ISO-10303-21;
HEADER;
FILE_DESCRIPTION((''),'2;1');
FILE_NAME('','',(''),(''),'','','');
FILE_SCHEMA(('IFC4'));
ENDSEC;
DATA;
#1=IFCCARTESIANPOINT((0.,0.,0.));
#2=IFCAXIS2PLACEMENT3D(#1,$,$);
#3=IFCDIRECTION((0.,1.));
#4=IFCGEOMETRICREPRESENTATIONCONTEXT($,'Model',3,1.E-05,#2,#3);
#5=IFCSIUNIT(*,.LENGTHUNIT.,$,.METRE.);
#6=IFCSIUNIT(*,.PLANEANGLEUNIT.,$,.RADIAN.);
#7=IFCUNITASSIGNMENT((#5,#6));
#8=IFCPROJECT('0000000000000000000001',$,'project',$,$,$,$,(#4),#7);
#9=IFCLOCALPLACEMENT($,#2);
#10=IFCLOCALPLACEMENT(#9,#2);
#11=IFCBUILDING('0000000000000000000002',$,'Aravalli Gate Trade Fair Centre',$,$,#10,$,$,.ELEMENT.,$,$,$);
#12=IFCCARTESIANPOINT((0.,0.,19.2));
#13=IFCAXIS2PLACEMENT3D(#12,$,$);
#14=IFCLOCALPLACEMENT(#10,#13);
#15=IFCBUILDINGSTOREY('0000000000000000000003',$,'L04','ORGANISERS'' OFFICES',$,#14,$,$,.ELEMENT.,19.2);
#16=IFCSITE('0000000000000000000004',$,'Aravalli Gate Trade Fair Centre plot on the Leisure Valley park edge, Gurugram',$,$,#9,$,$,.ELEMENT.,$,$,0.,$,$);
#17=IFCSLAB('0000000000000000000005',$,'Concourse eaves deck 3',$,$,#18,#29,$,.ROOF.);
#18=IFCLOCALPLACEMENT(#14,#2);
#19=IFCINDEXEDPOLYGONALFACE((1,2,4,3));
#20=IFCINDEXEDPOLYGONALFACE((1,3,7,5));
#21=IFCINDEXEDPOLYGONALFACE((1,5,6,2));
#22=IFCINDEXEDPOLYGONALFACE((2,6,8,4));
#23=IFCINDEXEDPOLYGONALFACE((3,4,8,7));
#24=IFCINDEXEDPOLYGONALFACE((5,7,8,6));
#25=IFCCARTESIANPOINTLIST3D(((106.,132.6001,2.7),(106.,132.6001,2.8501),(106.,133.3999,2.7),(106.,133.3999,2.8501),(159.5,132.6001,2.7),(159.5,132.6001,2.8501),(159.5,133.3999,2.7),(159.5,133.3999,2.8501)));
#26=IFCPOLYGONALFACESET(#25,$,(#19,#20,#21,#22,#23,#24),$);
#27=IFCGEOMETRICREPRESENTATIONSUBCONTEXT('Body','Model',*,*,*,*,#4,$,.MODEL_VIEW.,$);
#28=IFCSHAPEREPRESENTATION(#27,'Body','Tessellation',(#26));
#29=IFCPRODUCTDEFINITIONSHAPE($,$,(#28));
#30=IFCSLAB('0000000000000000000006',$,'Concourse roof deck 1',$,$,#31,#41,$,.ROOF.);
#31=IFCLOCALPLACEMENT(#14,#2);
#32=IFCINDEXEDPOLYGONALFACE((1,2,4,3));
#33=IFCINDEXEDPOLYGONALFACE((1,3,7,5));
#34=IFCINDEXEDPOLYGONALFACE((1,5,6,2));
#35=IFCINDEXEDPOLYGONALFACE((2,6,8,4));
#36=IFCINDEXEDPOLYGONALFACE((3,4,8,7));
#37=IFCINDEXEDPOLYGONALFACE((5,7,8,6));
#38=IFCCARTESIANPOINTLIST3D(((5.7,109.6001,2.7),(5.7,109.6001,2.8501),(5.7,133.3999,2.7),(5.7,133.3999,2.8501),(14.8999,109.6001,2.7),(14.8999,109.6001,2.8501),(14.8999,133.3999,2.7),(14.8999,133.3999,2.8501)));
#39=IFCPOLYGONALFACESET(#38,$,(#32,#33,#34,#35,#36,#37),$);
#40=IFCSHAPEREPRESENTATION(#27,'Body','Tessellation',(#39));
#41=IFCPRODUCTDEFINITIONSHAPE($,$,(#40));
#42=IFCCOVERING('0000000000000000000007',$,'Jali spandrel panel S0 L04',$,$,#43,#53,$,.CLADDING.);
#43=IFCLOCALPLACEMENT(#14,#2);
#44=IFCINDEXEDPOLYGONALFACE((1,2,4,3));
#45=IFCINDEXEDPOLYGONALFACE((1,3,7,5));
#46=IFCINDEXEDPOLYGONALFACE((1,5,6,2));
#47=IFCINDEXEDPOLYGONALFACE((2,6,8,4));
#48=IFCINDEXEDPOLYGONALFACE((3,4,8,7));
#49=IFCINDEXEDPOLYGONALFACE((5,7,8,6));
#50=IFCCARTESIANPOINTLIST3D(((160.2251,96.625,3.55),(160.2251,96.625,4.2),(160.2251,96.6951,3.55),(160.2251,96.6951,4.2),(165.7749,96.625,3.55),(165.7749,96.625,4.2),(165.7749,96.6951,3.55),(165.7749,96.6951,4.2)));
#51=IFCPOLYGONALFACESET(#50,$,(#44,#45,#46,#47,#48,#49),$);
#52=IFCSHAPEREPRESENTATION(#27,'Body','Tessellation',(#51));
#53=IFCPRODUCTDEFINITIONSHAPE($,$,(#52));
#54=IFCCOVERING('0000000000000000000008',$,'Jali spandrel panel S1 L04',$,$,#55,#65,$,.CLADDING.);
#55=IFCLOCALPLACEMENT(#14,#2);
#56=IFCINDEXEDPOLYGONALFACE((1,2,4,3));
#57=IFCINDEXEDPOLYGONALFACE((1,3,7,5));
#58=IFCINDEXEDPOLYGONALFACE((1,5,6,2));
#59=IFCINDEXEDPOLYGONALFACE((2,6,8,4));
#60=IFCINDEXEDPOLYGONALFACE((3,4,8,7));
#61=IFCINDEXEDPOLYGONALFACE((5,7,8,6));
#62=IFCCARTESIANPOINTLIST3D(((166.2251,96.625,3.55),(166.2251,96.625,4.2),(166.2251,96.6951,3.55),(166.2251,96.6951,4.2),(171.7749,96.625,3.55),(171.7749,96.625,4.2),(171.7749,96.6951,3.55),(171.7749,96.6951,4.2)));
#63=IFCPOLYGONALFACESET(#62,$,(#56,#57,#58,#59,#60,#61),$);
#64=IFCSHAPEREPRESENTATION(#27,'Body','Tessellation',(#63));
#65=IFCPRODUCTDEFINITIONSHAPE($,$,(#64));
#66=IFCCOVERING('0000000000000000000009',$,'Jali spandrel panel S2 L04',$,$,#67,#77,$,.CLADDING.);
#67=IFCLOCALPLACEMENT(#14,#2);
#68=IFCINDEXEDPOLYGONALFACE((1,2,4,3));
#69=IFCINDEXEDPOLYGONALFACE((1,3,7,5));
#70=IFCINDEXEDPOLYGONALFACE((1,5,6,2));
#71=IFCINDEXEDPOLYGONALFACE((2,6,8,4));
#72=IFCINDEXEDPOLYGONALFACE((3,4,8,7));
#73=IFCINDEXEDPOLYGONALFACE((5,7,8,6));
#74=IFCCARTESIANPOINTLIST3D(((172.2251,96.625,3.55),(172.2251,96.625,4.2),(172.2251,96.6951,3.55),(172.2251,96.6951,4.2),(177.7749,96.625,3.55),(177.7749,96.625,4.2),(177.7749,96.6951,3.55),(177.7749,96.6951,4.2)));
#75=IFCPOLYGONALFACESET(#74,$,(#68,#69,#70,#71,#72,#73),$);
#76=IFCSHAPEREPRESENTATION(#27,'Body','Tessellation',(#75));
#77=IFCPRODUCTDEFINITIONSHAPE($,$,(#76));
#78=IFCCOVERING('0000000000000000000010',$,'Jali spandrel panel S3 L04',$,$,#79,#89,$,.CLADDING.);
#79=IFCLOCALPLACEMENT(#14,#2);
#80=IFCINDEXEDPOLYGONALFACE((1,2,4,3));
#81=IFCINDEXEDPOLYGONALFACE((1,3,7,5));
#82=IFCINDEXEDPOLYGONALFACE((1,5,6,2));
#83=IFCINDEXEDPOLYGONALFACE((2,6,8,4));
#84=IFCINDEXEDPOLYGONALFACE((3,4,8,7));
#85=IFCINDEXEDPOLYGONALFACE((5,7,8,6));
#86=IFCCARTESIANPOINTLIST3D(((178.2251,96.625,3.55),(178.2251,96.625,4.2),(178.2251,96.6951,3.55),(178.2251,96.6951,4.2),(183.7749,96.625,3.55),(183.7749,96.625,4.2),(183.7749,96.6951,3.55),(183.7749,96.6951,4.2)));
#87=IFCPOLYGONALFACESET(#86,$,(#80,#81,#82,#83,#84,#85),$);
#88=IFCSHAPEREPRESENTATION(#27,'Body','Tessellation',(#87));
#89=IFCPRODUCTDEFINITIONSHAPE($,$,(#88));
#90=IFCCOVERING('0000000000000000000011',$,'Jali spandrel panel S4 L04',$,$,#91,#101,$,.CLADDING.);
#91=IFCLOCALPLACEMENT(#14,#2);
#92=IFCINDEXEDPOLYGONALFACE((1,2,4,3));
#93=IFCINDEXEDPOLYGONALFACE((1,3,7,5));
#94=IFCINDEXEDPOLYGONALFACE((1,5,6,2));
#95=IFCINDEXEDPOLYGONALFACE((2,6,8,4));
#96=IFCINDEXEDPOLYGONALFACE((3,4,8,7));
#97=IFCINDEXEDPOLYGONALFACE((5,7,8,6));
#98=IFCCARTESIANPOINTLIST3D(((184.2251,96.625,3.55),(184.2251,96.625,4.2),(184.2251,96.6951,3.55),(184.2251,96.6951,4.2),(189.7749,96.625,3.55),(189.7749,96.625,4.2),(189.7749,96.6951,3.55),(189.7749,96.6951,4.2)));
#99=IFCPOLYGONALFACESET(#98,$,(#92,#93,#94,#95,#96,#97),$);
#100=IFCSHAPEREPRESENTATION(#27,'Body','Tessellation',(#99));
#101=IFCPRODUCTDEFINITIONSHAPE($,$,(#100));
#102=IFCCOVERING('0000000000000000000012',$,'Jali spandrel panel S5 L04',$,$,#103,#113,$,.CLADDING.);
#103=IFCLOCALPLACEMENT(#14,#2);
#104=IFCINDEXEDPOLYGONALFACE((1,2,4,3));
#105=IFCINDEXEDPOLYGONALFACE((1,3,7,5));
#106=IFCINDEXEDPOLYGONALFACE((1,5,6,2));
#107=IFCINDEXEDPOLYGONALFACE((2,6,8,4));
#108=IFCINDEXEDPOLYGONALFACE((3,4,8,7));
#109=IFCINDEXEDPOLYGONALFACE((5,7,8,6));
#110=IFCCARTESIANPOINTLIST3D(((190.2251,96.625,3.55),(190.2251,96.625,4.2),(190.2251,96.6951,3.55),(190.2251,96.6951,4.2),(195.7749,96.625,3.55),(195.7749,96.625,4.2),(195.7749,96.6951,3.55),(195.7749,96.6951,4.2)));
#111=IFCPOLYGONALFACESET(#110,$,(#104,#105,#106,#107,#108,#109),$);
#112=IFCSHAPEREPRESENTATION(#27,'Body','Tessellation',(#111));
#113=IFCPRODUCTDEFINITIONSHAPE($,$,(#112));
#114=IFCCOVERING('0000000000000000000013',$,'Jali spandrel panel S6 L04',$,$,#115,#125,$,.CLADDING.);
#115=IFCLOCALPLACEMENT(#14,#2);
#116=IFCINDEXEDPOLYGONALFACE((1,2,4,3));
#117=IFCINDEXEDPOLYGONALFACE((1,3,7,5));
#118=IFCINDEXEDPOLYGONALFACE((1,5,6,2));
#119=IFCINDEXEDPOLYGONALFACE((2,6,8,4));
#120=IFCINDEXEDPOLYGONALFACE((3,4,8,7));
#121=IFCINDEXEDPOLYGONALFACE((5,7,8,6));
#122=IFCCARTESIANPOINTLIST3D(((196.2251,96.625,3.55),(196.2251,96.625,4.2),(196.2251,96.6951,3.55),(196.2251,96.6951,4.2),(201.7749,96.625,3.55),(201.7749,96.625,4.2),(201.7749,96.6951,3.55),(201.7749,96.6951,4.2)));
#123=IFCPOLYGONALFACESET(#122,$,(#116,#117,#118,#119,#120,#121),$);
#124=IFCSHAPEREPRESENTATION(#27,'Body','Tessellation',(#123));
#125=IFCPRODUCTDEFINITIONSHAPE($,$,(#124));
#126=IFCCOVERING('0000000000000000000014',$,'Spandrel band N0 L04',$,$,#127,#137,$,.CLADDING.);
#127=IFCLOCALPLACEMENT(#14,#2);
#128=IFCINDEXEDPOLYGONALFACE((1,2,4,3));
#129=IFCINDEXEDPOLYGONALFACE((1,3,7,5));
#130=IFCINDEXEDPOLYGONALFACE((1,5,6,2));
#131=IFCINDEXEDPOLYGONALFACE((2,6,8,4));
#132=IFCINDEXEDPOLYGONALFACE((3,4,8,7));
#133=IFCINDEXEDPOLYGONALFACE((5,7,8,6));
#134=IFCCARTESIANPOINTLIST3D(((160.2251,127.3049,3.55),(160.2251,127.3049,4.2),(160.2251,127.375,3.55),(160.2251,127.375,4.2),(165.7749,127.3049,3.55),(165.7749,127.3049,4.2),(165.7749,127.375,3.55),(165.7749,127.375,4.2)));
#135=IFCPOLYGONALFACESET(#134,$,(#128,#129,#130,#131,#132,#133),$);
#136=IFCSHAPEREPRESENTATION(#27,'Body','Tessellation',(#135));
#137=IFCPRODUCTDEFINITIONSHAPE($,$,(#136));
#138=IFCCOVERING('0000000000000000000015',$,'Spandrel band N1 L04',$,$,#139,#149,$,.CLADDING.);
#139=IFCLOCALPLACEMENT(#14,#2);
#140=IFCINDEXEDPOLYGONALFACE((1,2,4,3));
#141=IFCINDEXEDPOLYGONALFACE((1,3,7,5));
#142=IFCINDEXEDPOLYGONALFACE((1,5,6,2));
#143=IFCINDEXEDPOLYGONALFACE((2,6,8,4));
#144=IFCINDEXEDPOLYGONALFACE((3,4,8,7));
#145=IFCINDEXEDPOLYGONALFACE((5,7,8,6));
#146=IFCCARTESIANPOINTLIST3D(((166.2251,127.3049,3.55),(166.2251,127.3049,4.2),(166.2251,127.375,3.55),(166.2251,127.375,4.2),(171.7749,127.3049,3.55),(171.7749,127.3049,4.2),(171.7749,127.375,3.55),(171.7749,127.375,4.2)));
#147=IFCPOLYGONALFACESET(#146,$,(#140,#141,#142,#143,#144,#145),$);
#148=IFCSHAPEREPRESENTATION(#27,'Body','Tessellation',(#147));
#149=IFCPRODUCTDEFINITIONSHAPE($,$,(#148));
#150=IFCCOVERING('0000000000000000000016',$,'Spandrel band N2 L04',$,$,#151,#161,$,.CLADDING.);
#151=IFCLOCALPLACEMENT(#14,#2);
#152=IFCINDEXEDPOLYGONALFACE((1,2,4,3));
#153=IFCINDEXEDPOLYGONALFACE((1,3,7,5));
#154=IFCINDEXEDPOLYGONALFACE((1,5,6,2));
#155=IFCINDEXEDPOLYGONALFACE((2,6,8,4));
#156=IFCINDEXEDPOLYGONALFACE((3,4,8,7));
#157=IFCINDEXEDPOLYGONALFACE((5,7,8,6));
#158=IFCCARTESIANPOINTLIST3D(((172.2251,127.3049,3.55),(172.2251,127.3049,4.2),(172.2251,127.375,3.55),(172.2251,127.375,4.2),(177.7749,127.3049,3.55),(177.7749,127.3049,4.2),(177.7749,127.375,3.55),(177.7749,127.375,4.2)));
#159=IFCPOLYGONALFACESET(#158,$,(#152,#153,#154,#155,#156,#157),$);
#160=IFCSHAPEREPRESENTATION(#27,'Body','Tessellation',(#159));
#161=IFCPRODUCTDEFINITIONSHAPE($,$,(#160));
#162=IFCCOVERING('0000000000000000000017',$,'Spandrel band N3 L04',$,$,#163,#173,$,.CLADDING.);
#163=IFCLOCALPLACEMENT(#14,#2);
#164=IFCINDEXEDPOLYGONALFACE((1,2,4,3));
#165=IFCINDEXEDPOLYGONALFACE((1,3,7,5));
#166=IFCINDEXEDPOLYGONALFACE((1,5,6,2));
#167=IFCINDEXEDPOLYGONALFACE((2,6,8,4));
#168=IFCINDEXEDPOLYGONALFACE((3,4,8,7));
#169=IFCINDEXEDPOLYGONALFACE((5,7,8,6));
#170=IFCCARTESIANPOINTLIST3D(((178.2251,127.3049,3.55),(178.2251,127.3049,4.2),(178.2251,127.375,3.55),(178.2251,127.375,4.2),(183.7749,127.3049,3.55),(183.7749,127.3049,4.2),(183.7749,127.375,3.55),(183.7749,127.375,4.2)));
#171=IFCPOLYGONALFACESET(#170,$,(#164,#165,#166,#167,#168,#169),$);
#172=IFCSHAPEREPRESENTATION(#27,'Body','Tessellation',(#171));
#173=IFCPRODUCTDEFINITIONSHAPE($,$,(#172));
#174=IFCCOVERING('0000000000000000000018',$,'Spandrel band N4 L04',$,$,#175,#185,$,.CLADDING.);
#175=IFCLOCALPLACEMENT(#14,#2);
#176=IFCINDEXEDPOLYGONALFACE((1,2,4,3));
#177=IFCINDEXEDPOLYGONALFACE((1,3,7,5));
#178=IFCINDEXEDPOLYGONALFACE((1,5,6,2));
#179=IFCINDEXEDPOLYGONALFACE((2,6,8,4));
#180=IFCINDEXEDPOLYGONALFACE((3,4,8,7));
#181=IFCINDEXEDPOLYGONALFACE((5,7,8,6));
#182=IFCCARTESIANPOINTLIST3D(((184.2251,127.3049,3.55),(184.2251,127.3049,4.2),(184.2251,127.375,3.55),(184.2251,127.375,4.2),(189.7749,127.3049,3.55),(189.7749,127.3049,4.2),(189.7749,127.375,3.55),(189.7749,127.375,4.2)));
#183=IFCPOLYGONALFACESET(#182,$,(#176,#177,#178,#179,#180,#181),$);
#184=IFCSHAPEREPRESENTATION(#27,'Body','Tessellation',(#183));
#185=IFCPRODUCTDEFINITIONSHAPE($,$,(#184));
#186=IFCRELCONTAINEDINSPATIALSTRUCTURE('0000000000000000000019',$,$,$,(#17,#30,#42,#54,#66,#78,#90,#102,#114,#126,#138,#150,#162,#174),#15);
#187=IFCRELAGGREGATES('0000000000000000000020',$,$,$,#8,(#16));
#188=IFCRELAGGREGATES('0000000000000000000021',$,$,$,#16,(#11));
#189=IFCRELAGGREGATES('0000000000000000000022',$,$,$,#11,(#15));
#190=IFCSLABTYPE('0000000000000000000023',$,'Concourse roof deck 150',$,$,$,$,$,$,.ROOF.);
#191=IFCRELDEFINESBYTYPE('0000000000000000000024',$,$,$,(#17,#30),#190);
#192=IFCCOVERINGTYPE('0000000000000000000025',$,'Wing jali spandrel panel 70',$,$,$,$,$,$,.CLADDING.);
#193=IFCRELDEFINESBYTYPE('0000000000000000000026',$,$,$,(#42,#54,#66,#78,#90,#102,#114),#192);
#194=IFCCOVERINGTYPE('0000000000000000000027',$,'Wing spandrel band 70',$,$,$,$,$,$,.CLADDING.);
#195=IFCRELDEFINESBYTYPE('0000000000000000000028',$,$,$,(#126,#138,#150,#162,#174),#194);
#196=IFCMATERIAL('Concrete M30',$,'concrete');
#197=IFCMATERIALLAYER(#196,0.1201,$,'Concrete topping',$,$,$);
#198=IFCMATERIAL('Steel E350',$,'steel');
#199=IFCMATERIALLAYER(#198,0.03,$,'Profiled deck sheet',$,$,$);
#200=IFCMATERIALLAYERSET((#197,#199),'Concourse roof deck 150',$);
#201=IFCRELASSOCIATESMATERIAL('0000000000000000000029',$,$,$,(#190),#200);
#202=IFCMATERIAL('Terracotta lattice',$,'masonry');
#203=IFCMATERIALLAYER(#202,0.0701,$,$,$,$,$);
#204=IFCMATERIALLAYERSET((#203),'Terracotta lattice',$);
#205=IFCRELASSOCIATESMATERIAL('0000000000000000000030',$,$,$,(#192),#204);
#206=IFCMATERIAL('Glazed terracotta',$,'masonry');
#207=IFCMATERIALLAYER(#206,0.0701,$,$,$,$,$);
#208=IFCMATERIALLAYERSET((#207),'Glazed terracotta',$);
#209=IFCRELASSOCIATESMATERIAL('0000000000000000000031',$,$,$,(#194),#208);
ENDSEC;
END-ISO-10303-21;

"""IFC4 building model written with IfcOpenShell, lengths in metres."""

from ifc_helpers import new_model, si_unit, direction, frame, origin, place, context, subcontext, project, spatial, polyline, outline, extrude, material, layer, layer_set, type_object, element, save


model = new_model("IFC4")

# Units and contexts
model_context = context("Model", 3, precision=1e-05, world=origin(), true_north=direction((0.0, 1.0)))
body_context = subcontext(model_context, "Body", "Model", "MODEL_VIEW")
ifc_project = project(units=[si_unit("LENGTHUNIT", "METRE"), si_unit("PLANEANGLEUNIT", "RADIAN")], contexts=[model_context])

# Site, building, storey
site_placement = place(None, origin())
site = spatial("IfcSite", under=ifc_project, at=site_placement, Name="Aravalli Gate Trade Fair Centre plot on the Leisure Valley park edge, Gurugram", CompositionType="ELEMENT", RefElevation=0.0)
building_placement = place(site_placement, origin())
building = spatial("IfcBuilding", under=site, at=building_placement, Name="Aravalli Gate Trade Fair Centre", CompositionType="ELEMENT")
storey_placement = place(building_placement, frame((0.0, 0.0, 19.2)))
storey = spatial("IfcBuildingStorey", under=building, at=storey_placement, Name="L04", Description="ORGANISERS' OFFICES", CompositionType="ELEMENT", Elevation=19.2)

# Slabs
ifc_material_1 = material(Name="Concrete M30", Category="concrete")
ifc_layer_1 = layer(ifc_material_1, 0.1201, Name="Concrete topping")
ifc_material_2 = material(Name="Steel E350", Category="steel")
ifc_layer_2 = layer(ifc_material_2, 0.03, Name="Profiled deck sheet")
ifc_layer_set_1 = layer_set([ifc_layer_1, ifc_layer_2], Name="Concourse roof deck 150")
slab_type = type_object("IfcSlabType", Name="Concourse roof deck 150", PredefinedType="ROOF", material=ifc_layer_set_1)
slab_1_placement = place(storey_placement, frame((0.0, 0.0, 2.7)))
element("IfcSlab", 1, at=slab_1_placement, inside=storey, type_object=slab_type, Name="Concourse eaves deck 3", PredefinedType="ROOF", context=body_context, shape_type="SweptSolid", body=[
    extrude(outline(polyline([(159.5, 133.3999), (106.0, 133.3999), (106.0, 132.6001), (159.5, 132.6001), (159.5, 133.3999)])), origin(), (0.0, 0.0, 1.0), 0.1501),
])
slab_2_placement = place(storey_placement, frame((0.0, 0.0, 2.7)))
element("IfcSlab", 2, at=slab_2_placement, inside=storey, type_object=slab_type, Name="Concourse roof deck 1", PredefinedType="ROOF", context=body_context, shape_type="SweptSolid", body=[
    extrude(outline(polyline([(5.7, 109.6001), (14.8999, 109.6001), (14.8999, 133.3999), (5.7, 133.3999), (5.7, 109.6001)])), origin(), (0.0, 0.0, 1.0), 0.1501),
])

# Coverings
ifc_material_3 = material(Name="Terracotta lattice", Category="masonry")
ifc_layer_3 = layer(ifc_material_3, 0.0701)
ifc_layer_set_2 = layer_set([ifc_layer_3], Name="Terracotta lattice")
covering_type_1 = type_object("IfcCoveringType", Name="Wing jali spandrel panel 70", PredefinedType="CLADDING", material=ifc_layer_set_2)
covering_1_placement = place(storey_placement, frame((0.0, 0.0, 3.55)))
element("IfcCovering", 3, at=covering_1_placement, inside=storey, type_object=covering_type_1, Name="Jali spandrel panel S0 L04", PredefinedType="CLADDING", context=body_context, shape_type="SweptSolid", body=[
    extrude(outline(polyline([(160.2251, 96.625), (165.7749, 96.625), (165.7749, 96.6951), (160.2251, 96.6951), (160.2251, 96.625)])), origin(), (0.0, 0.0, 1.0), 0.6499),
])
covering_2_placement = place(storey_placement, frame((0.0, 0.0, 3.55)))
element("IfcCovering", 4, at=covering_2_placement, inside=storey, type_object=covering_type_1, Name="Jali spandrel panel S1 L04", PredefinedType="CLADDING", context=body_context, shape_type="SweptSolid", body=[
    extrude(outline(polyline([(166.2251, 96.625), (171.7749, 96.625), (171.7749, 96.6951), (166.2251, 96.6951), (166.2251, 96.625)])), origin(), (0.0, 0.0, 1.0), 0.6499),
])
covering_3_placement = place(storey_placement, frame((0.0, 0.0, 3.55)))
element("IfcCovering", 5, at=covering_3_placement, inside=storey, type_object=covering_type_1, Name="Jali spandrel panel S2 L04", PredefinedType="CLADDING", context=body_context, shape_type="SweptSolid", body=[
    extrude(outline(polyline([(172.2251, 96.625), (177.7749, 96.625), (177.7749, 96.6951), (172.2251, 96.6951), (172.2251, 96.625)])), origin(), (0.0, 0.0, 1.0), 0.6499),
])
covering_4_placement = place(storey_placement, frame((0.0, 0.0, 3.55)))
element("IfcCovering", 6, at=covering_4_placement, inside=storey, type_object=covering_type_1, Name="Jali spandrel panel S3 L04", PredefinedType="CLADDING", context=body_context, shape_type="SweptSolid", body=[
    extrude(outline(polyline([(178.2251, 96.625), (183.7749, 96.625), (183.7749, 96.6951), (178.2251, 96.6951), (178.2251, 96.625)])), origin(), (0.0, 0.0, 1.0), 0.6499),
])
covering_5_placement = place(storey_placement, frame((0.0, 0.0, 3.55)))
element("IfcCovering", 7, at=covering_5_placement, inside=storey, type_object=covering_type_1, Name="Jali spandrel panel S4 L04", PredefinedType="CLADDING", context=body_context, shape_type="SweptSolid", body=[
    extrude(outline(polyline([(184.2251, 96.625), (189.7749, 96.625), (189.7749, 96.6951), (184.2251, 96.6951), (184.2251, 96.625)])), origin(), (0.0, 0.0, 1.0), 0.6499),
])
covering_6_placement = place(storey_placement, frame((0.0, 0.0, 3.55)))
element("IfcCovering", 8, at=covering_6_placement, inside=storey, type_object=covering_type_1, Name="Jali spandrel panel S5 L04", PredefinedType="CLADDING", context=body_context, shape_type="SweptSolid", body=[
    extrude(outline(polyline([(190.2251, 96.625), (195.7749, 96.625), (195.7749, 96.6951), (190.2251, 96.6951), (190.2251, 96.625)])), origin(), (0.0, 0.0, 1.0), 0.6499),
])
covering_7_placement = place(storey_placement, frame((0.0, 0.0, 3.55)))
element("IfcCovering", 9, at=covering_7_placement, inside=storey, type_object=covering_type_1, Name="Jali spandrel panel S6 L04", PredefinedType="CLADDING", context=body_context, shape_type="SweptSolid", body=[
    extrude(outline(polyline([(196.2251, 96.625), (201.7749, 96.625), (201.7749, 96.6951), (196.2251, 96.6951), (196.2251, 96.625)])), origin(), (0.0, 0.0, 1.0), 0.6499),
])
ifc_material_4 = material(Name="Glazed terracotta", Category="masonry")
ifc_layer_4 = layer(ifc_material_4, 0.0701)
ifc_layer_set_3 = layer_set([ifc_layer_4], Name="Glazed terracotta")
covering_type_2 = type_object("IfcCoveringType", Name="Wing spandrel band 70", PredefinedType="CLADDING", material=ifc_layer_set_3)
covering_8_placement = place(storey_placement, frame((0.0, 0.0, 3.55)))
element("IfcCovering", 10, at=covering_8_placement, inside=storey, type_object=covering_type_2, Name="Spandrel band N0 L04", PredefinedType="CLADDING", context=body_context, shape_type="SweptSolid", body=[
    extrude(outline(polyline([(160.2251, 127.3049), (165.7749, 127.3049), (165.7749, 127.375), (160.2251, 127.375), (160.2251, 127.3049)])), origin(), (0.0, 0.0, 1.0), 0.6499),
])
covering_9_placement = place(storey_placement, frame((0.0, 0.0, 3.55)))
element("IfcCovering", 11, at=covering_9_placement, inside=storey, type_object=covering_type_2, Name="Spandrel band N1 L04", PredefinedType="CLADDING", context=body_context, shape_type="SweptSolid", body=[
    extrude(outline(polyline([(166.2251, 127.3049), (171.7749, 127.3049), (171.7749, 127.375), (166.2251, 127.375), (166.2251, 127.3049)])), origin(), (0.0, 0.0, 1.0), 0.6499),
])
covering_10_placement = place(storey_placement, frame((0.0, 0.0, 3.55)))
element("IfcCovering", 12, at=covering_10_placement, inside=storey, type_object=covering_type_2, Name="Spandrel band N2 L04", PredefinedType="CLADDING", context=body_context, shape_type="SweptSolid", body=[
    extrude(outline(polyline([(172.2251, 127.3049), (177.7749, 127.3049), (177.7749, 127.375), (172.2251, 127.375), (172.2251, 127.3049)])), origin(), (0.0, 0.0, 1.0), 0.6499),
])
covering_11_placement = place(storey_placement, frame((0.0, 0.0, 3.55)))
element("IfcCovering", 13, at=covering_11_placement, inside=storey, type_object=covering_type_2, Name="Spandrel band N3 L04", PredefinedType="CLADDING", context=body_context, shape_type="SweptSolid", body=[
    extrude(outline(polyline([(178.2251, 127.3049), (183.7749, 127.3049), (183.7749, 127.375), (178.2251, 127.375), (178.2251, 127.3049)])), origin(), (0.0, 0.0, 1.0), 0.6499),
])
covering_12_placement = place(storey_placement, frame((0.0, 0.0, 3.55)))
element("IfcCovering", 14, at=covering_12_placement, inside=storey, type_object=covering_type_2, Name="Spandrel band N4 L04", PredefinedType="CLADDING", context=body_context, shape_type="SweptSolid", body=[
    extrude(outline(polyline([(184.2251, 127.3049), (189.7749, 127.3049), (189.7749, 127.375), (184.2251, 127.375), (184.2251, 127.3049)])), origin(), (0.0, 0.0, 1.0), 0.6499),
])

save(model, "model.ifc")
